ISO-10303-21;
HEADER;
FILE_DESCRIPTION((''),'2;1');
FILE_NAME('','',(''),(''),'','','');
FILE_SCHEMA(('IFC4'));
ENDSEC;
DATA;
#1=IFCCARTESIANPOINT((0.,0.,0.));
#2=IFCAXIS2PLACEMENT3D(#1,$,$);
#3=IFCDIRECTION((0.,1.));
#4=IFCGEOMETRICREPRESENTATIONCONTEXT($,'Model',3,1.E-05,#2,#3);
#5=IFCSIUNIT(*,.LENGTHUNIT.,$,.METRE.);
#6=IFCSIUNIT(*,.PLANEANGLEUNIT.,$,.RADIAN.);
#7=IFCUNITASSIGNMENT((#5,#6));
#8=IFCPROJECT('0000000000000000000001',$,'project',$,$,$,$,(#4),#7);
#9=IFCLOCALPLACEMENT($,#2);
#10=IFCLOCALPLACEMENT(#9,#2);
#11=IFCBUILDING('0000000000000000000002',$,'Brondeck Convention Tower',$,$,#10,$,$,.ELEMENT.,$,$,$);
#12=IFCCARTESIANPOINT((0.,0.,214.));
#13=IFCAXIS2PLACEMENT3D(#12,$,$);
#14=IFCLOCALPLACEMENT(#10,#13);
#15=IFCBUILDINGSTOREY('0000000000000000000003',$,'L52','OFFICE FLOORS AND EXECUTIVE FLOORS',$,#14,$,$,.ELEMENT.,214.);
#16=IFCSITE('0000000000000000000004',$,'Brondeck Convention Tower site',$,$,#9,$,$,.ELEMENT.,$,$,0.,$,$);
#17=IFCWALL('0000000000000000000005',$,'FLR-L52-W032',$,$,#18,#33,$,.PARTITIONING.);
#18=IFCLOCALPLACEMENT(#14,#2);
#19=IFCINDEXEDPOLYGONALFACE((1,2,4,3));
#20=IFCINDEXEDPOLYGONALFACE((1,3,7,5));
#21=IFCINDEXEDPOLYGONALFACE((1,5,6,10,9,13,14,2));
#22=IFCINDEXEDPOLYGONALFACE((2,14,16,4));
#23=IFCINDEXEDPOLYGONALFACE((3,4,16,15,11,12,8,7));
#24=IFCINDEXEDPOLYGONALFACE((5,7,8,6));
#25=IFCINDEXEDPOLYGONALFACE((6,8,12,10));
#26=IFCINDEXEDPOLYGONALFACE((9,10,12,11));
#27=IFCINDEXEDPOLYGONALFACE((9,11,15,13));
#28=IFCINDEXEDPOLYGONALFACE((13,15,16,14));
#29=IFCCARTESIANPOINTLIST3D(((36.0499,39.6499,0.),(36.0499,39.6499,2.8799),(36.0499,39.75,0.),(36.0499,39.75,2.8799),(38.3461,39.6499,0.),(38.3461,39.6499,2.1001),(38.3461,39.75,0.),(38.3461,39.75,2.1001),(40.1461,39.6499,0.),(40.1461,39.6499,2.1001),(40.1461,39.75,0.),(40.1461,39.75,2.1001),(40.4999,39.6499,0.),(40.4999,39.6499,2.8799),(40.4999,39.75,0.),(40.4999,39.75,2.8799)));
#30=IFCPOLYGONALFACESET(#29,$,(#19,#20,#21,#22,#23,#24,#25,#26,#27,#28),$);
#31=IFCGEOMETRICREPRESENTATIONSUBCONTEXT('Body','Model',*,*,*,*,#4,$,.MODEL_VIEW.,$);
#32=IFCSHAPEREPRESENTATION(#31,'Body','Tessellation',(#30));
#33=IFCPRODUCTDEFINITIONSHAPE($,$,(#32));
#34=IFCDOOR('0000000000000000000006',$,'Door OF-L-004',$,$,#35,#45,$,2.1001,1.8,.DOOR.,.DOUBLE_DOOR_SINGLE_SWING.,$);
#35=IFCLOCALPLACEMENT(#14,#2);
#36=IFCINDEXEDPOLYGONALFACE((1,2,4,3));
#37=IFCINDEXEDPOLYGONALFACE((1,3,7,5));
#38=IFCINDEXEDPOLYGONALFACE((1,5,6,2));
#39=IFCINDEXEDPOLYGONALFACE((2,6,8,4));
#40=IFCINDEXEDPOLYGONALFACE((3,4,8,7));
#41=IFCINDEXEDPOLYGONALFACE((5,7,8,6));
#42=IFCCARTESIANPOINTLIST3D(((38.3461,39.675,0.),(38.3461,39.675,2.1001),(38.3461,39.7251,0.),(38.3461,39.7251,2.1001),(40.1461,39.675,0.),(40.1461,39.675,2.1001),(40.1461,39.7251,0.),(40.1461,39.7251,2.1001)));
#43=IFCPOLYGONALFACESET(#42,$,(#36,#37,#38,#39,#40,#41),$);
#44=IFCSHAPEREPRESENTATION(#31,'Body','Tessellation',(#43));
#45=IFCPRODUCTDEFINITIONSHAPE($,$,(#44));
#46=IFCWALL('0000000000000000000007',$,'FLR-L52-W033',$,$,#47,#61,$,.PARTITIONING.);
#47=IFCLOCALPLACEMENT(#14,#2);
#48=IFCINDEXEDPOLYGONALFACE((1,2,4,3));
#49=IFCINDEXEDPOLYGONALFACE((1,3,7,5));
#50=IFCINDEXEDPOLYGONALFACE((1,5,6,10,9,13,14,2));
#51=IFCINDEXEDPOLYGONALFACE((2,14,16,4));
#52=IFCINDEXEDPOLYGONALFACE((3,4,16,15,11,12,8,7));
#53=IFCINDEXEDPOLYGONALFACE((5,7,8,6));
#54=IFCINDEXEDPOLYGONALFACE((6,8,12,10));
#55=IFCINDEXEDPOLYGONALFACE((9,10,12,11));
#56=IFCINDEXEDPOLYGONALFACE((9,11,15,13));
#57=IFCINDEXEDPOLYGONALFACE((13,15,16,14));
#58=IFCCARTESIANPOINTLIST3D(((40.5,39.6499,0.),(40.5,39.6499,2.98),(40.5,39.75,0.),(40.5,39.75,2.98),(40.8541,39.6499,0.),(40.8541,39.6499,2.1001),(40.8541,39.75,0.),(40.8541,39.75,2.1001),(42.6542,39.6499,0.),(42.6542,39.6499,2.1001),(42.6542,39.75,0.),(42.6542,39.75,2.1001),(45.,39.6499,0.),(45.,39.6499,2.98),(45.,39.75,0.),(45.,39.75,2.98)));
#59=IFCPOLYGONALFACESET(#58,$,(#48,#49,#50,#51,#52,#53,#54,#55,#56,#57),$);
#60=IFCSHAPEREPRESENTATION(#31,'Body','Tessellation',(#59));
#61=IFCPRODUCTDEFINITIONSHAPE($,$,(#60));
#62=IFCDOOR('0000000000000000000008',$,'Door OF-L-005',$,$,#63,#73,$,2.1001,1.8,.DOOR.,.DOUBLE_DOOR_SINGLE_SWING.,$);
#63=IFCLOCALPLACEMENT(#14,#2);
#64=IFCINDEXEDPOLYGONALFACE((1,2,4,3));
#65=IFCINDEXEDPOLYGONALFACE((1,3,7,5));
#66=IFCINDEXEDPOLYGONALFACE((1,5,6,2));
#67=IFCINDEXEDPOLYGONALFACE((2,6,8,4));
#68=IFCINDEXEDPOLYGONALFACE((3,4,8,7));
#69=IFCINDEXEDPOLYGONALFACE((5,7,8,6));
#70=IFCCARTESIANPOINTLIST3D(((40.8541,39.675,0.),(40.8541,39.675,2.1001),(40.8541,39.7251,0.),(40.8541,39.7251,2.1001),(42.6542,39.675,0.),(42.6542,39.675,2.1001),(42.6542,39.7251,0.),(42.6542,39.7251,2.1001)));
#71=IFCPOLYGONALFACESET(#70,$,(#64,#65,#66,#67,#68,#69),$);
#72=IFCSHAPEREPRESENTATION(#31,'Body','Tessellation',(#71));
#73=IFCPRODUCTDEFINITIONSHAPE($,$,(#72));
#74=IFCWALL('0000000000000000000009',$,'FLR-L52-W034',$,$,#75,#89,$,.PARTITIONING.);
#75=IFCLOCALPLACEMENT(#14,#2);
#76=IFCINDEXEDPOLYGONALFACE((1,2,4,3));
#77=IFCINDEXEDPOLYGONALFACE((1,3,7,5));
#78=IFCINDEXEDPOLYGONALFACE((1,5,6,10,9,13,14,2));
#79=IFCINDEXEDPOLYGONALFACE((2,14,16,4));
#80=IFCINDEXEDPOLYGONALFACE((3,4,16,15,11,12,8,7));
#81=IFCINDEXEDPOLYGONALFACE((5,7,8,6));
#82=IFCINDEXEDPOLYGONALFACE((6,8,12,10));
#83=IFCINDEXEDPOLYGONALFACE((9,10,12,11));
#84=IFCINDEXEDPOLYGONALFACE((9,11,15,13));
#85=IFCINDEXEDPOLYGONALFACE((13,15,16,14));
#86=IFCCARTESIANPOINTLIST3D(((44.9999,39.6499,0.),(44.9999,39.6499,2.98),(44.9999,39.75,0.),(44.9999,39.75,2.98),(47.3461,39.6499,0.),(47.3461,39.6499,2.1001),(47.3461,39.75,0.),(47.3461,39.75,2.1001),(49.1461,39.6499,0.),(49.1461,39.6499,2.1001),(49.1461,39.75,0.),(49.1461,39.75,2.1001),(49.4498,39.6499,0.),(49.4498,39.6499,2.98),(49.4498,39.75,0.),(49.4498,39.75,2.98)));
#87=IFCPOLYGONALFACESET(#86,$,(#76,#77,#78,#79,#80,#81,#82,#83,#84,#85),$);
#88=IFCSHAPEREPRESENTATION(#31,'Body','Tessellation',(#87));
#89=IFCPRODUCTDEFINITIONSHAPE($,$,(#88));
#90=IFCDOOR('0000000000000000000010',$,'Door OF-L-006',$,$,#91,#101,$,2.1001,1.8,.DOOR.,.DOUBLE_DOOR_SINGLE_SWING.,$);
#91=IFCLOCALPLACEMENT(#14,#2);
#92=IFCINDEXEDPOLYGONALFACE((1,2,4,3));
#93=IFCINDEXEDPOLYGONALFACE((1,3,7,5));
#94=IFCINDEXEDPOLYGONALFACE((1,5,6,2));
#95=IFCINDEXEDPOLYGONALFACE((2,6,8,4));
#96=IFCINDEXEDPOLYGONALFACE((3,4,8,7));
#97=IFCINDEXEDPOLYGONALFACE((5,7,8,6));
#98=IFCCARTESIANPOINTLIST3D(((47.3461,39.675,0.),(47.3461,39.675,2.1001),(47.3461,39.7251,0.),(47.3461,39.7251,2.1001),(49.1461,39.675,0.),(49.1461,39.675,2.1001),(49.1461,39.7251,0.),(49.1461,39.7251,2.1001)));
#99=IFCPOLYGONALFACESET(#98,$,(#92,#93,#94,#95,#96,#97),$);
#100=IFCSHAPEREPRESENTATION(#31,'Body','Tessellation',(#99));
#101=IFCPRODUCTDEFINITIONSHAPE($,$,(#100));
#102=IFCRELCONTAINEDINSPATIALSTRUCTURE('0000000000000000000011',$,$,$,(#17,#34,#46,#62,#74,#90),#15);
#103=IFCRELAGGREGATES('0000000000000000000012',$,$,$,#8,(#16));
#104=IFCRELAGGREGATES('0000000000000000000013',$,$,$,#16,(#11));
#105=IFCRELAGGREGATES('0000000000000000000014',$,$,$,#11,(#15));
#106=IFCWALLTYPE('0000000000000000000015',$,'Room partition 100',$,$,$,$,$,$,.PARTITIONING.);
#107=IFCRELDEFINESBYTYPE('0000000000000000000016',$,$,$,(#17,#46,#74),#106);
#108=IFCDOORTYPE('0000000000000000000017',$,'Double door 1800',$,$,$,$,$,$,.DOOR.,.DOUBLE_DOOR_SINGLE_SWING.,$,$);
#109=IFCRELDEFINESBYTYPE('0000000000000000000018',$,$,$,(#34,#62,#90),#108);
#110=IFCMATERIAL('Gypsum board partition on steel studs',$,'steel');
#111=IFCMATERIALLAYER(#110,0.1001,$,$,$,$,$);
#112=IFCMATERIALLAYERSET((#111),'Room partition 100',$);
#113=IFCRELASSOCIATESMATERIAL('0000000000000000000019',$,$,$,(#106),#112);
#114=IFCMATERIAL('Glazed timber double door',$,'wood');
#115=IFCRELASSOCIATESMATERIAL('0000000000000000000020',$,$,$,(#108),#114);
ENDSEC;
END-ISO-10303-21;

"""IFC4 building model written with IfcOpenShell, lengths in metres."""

from ifc_helpers import new_model, si_unit, direction, frame, frame_2d, origin, place, context, subcontext, project, spatial, rectangle, extrude, material, layer, layer_set, type_object, element, fill, save


model = new_model("IFC4")

# Units and contexts
model_context = context("Model", 3, precision=1e-05, world=origin(), true_north=direction((0.0, 1.0)))
body_context = subcontext(model_context, "Body", "Model", "MODEL_VIEW")
ifc_project = project(units=[si_unit("LENGTHUNIT", "METRE"), si_unit("PLANEANGLEUNIT", "RADIAN")], contexts=[model_context])

# Site, building, storey
site_placement = place(None, origin())
site = spatial("IfcSite", under=ifc_project, at=site_placement, Name="Brondeck Convention Tower site", CompositionType="ELEMENT", RefElevation=0.0)
building_placement = place(site_placement, origin())
building = spatial("IfcBuilding", under=site, at=building_placement, Name="Brondeck Convention Tower", CompositionType="ELEMENT")
storey_placement = place(building_placement, frame((0.0, 0.0, 214.0)))
storey = spatial("IfcBuildingStorey", under=building, at=storey_placement, Name="L52", Description="OFFICE FLOORS AND EXECUTIVE FLOORS", CompositionType="ELEMENT", Elevation=214.0)

# Shared definitions
ifc_material_1 = material(Name="Gypsum board partition on steel studs", Category="steel")
ifc_layer_1 = layer(ifc_material_1, 0.1001)
ifc_layer_set_1 = layer_set([ifc_layer_1], Name="Room partition 100")
wall_type_1 = type_object("IfcWallType", Name="Room partition 100", PredefinedType="PARTITIONING", material=ifc_layer_set_1)

# Walls, openings, doors
wall_1_placement = place(storey_placement, frame((40.5, 39.7, 0.0), z_axis=(0.0, 0.0, 1.0), x_axis=(-1.0, 0.0, 0.0)))
wall_1 = element("IfcWall", 1, at=wall_1_placement, inside=storey, type_object=wall_type_1, Name="FLR-L52-W032", PredefinedType="PARTITIONING", context=body_context, shape_type="SweptSolid", body=[
    extrude(rectangle(XDim=4.45, YDim=0.1001, at=frame_2d((2.2251, 0.0))), origin(), (0.0, 0.0, 1.0), 2.8799),
])
opening_1_placement = place(wall_1_placement, frame((0.354, 0.0, 0.0)))
opening_1 = element("IfcOpeningElement", 2, at=opening_1_placement, cuts=wall_1, PredefinedType="OPENING", context=body_context, shape_type="SweptSolid", body=[
    extrude(rectangle(XDim=1.8, YDim=2.1001, at=frame_2d((0.8999, 1.05))), frame((0.0, 0.0601, 0.0), z_axis=(0.0, -1.0, 0.0), x_axis=(1.0, 0.0, 0.0)), (0.0, 0.0, 1.0), 0.1201),
])
ifc_material_2 = material(Name="Glazed timber double door", Category="wood")
door_type = type_object("IfcDoorType", Name="Double door 1800", OperationType="DOUBLE_DOOR_SINGLE_SWING", PredefinedType="DOOR", material=ifc_material_2)
door_1_placement = place(opening_1_placement, origin())
door_1 = element("IfcDoor", 3, at=door_1_placement, inside=storey, type_object=door_type, Name="Door OF-L-004", OperationType="DOUBLE_DOOR_SINGLE_SWING", OverallHeight=2.1001, OverallWidth=1.8, PredefinedType="DOOR", context=body_context, shape_type="SweptSolid", body=[
    extrude(rectangle(XDim=1.8, YDim=2.1001, at=frame_2d((0.8999, 1.05))), frame((0.0, 0.0249, 0.0), z_axis=(0.0, -1.0, 0.0), x_axis=(1.0, 0.0, 0.0)), (0.0, 0.0, 1.0), 0.05),
])
fill(opening_1, door_1)
wall_2_placement = place(storey_placement, frame((45.0, 39.7, 0.0), z_axis=(0.0, 0.0, 1.0), x_axis=(-1.0, 0.0, 0.0)))
wall_2 = element("IfcWall", 4, at=wall_2_placement, inside=storey, type_object=wall_type_1, Name="FLR-L52-W033", PredefinedType="PARTITIONING", context=body_context, shape_type="SweptSolid", body=[
    extrude(rectangle(XDim=4.5, YDim=0.1001, at=frame_2d((2.25, 0.0))), origin(), (0.0, 0.0, 1.0), 2.98),
])
opening_2_placement = place(wall_2_placement, frame((2.3459, 0.0, 0.0)))
opening_2 = element("IfcOpeningElement", 5, at=opening_2_placement, cuts=wall_2, PredefinedType="OPENING", context=body_context, shape_type="SweptSolid", body=[
    extrude(rectangle(XDim=1.8, YDim=2.1001, at=frame_2d((0.8999, 1.05))), frame((0.0, 0.0601, 0.0), z_axis=(0.0, -1.0, 0.0), x_axis=(1.0, 0.0, 0.0)), (0.0, 0.0, 1.0), 0.1201),
])
door_2_placement = place(opening_2_placement, origin())
door_2 = element("IfcDoor", 6, at=door_2_placement, inside=storey, type_object=door_type, Name="Door OF-L-005", OperationType="DOUBLE_DOOR_SINGLE_SWING", OverallHeight=2.1001, OverallWidth=1.8, PredefinedType="DOOR", context=body_context, shape_type="SweptSolid", body=[
    extrude(rectangle(XDim=1.8, YDim=2.1001, at=frame_2d((0.8999, 1.05))), frame((0.0, 0.0249, 0.0), z_axis=(0.0, -1.0, 0.0), x_axis=(1.0, 0.0, 0.0)), (0.0, 0.0, 1.0), 0.05),
])
fill(opening_2, door_2)
wall_3_placement = place(storey_placement, frame((49.45, 39.7, 0.0), z_axis=(0.0, 0.0, 1.0), x_axis=(-1.0, 0.0, 0.0)))
wall_3 = element("IfcWall", 7, at=wall_3_placement, inside=storey, type_object=wall_type_1, Name="FLR-L52-W034", PredefinedType="PARTITIONING", context=body_context, shape_type="SweptSolid", body=[
    extrude(rectangle(XDim=4.45, YDim=0.1001, at=frame_2d((2.2251, 0.0))), origin(), (0.0, 0.0, 1.0), 2.98),
])
opening_3_placement = place(wall_3_placement, frame((0.304, 0.0, 0.0)))
opening_3 = element("IfcOpeningElement", 8, at=opening_3_placement, cuts=wall_3, PredefinedType="OPENING", context=body_context, shape_type="SweptSolid", body=[
    extrude(rectangle(XDim=1.8, YDim=2.1001, at=frame_2d((0.8999, 1.05))), frame((0.0, 0.0601, 0.0), z_axis=(0.0, -1.0, 0.0), x_axis=(1.0, 0.0, 0.0)), (0.0, 0.0, 1.0), 0.1201),
])
door_3_placement = place(opening_3_placement, origin())
door_3 = element("IfcDoor", 9, at=door_3_placement, inside=storey, type_object=door_type, Name="Door OF-L-006", OperationType="DOUBLE_DOOR_SINGLE_SWING", OverallHeight=2.1001, OverallWidth=1.8, PredefinedType="DOOR", context=body_context, shape_type="SweptSolid", body=[
    extrude(rectangle(XDim=1.8, YDim=2.1001, at=frame_2d((0.8999, 1.05))), frame((0.0, 0.0249, 0.0), z_axis=(0.0, -1.0, 0.0), x_axis=(1.0, 0.0, 0.0)), (0.0, 0.0, 1.0), 0.05),
])
fill(opening_3, door_3)

save(model, "model.ifc")
